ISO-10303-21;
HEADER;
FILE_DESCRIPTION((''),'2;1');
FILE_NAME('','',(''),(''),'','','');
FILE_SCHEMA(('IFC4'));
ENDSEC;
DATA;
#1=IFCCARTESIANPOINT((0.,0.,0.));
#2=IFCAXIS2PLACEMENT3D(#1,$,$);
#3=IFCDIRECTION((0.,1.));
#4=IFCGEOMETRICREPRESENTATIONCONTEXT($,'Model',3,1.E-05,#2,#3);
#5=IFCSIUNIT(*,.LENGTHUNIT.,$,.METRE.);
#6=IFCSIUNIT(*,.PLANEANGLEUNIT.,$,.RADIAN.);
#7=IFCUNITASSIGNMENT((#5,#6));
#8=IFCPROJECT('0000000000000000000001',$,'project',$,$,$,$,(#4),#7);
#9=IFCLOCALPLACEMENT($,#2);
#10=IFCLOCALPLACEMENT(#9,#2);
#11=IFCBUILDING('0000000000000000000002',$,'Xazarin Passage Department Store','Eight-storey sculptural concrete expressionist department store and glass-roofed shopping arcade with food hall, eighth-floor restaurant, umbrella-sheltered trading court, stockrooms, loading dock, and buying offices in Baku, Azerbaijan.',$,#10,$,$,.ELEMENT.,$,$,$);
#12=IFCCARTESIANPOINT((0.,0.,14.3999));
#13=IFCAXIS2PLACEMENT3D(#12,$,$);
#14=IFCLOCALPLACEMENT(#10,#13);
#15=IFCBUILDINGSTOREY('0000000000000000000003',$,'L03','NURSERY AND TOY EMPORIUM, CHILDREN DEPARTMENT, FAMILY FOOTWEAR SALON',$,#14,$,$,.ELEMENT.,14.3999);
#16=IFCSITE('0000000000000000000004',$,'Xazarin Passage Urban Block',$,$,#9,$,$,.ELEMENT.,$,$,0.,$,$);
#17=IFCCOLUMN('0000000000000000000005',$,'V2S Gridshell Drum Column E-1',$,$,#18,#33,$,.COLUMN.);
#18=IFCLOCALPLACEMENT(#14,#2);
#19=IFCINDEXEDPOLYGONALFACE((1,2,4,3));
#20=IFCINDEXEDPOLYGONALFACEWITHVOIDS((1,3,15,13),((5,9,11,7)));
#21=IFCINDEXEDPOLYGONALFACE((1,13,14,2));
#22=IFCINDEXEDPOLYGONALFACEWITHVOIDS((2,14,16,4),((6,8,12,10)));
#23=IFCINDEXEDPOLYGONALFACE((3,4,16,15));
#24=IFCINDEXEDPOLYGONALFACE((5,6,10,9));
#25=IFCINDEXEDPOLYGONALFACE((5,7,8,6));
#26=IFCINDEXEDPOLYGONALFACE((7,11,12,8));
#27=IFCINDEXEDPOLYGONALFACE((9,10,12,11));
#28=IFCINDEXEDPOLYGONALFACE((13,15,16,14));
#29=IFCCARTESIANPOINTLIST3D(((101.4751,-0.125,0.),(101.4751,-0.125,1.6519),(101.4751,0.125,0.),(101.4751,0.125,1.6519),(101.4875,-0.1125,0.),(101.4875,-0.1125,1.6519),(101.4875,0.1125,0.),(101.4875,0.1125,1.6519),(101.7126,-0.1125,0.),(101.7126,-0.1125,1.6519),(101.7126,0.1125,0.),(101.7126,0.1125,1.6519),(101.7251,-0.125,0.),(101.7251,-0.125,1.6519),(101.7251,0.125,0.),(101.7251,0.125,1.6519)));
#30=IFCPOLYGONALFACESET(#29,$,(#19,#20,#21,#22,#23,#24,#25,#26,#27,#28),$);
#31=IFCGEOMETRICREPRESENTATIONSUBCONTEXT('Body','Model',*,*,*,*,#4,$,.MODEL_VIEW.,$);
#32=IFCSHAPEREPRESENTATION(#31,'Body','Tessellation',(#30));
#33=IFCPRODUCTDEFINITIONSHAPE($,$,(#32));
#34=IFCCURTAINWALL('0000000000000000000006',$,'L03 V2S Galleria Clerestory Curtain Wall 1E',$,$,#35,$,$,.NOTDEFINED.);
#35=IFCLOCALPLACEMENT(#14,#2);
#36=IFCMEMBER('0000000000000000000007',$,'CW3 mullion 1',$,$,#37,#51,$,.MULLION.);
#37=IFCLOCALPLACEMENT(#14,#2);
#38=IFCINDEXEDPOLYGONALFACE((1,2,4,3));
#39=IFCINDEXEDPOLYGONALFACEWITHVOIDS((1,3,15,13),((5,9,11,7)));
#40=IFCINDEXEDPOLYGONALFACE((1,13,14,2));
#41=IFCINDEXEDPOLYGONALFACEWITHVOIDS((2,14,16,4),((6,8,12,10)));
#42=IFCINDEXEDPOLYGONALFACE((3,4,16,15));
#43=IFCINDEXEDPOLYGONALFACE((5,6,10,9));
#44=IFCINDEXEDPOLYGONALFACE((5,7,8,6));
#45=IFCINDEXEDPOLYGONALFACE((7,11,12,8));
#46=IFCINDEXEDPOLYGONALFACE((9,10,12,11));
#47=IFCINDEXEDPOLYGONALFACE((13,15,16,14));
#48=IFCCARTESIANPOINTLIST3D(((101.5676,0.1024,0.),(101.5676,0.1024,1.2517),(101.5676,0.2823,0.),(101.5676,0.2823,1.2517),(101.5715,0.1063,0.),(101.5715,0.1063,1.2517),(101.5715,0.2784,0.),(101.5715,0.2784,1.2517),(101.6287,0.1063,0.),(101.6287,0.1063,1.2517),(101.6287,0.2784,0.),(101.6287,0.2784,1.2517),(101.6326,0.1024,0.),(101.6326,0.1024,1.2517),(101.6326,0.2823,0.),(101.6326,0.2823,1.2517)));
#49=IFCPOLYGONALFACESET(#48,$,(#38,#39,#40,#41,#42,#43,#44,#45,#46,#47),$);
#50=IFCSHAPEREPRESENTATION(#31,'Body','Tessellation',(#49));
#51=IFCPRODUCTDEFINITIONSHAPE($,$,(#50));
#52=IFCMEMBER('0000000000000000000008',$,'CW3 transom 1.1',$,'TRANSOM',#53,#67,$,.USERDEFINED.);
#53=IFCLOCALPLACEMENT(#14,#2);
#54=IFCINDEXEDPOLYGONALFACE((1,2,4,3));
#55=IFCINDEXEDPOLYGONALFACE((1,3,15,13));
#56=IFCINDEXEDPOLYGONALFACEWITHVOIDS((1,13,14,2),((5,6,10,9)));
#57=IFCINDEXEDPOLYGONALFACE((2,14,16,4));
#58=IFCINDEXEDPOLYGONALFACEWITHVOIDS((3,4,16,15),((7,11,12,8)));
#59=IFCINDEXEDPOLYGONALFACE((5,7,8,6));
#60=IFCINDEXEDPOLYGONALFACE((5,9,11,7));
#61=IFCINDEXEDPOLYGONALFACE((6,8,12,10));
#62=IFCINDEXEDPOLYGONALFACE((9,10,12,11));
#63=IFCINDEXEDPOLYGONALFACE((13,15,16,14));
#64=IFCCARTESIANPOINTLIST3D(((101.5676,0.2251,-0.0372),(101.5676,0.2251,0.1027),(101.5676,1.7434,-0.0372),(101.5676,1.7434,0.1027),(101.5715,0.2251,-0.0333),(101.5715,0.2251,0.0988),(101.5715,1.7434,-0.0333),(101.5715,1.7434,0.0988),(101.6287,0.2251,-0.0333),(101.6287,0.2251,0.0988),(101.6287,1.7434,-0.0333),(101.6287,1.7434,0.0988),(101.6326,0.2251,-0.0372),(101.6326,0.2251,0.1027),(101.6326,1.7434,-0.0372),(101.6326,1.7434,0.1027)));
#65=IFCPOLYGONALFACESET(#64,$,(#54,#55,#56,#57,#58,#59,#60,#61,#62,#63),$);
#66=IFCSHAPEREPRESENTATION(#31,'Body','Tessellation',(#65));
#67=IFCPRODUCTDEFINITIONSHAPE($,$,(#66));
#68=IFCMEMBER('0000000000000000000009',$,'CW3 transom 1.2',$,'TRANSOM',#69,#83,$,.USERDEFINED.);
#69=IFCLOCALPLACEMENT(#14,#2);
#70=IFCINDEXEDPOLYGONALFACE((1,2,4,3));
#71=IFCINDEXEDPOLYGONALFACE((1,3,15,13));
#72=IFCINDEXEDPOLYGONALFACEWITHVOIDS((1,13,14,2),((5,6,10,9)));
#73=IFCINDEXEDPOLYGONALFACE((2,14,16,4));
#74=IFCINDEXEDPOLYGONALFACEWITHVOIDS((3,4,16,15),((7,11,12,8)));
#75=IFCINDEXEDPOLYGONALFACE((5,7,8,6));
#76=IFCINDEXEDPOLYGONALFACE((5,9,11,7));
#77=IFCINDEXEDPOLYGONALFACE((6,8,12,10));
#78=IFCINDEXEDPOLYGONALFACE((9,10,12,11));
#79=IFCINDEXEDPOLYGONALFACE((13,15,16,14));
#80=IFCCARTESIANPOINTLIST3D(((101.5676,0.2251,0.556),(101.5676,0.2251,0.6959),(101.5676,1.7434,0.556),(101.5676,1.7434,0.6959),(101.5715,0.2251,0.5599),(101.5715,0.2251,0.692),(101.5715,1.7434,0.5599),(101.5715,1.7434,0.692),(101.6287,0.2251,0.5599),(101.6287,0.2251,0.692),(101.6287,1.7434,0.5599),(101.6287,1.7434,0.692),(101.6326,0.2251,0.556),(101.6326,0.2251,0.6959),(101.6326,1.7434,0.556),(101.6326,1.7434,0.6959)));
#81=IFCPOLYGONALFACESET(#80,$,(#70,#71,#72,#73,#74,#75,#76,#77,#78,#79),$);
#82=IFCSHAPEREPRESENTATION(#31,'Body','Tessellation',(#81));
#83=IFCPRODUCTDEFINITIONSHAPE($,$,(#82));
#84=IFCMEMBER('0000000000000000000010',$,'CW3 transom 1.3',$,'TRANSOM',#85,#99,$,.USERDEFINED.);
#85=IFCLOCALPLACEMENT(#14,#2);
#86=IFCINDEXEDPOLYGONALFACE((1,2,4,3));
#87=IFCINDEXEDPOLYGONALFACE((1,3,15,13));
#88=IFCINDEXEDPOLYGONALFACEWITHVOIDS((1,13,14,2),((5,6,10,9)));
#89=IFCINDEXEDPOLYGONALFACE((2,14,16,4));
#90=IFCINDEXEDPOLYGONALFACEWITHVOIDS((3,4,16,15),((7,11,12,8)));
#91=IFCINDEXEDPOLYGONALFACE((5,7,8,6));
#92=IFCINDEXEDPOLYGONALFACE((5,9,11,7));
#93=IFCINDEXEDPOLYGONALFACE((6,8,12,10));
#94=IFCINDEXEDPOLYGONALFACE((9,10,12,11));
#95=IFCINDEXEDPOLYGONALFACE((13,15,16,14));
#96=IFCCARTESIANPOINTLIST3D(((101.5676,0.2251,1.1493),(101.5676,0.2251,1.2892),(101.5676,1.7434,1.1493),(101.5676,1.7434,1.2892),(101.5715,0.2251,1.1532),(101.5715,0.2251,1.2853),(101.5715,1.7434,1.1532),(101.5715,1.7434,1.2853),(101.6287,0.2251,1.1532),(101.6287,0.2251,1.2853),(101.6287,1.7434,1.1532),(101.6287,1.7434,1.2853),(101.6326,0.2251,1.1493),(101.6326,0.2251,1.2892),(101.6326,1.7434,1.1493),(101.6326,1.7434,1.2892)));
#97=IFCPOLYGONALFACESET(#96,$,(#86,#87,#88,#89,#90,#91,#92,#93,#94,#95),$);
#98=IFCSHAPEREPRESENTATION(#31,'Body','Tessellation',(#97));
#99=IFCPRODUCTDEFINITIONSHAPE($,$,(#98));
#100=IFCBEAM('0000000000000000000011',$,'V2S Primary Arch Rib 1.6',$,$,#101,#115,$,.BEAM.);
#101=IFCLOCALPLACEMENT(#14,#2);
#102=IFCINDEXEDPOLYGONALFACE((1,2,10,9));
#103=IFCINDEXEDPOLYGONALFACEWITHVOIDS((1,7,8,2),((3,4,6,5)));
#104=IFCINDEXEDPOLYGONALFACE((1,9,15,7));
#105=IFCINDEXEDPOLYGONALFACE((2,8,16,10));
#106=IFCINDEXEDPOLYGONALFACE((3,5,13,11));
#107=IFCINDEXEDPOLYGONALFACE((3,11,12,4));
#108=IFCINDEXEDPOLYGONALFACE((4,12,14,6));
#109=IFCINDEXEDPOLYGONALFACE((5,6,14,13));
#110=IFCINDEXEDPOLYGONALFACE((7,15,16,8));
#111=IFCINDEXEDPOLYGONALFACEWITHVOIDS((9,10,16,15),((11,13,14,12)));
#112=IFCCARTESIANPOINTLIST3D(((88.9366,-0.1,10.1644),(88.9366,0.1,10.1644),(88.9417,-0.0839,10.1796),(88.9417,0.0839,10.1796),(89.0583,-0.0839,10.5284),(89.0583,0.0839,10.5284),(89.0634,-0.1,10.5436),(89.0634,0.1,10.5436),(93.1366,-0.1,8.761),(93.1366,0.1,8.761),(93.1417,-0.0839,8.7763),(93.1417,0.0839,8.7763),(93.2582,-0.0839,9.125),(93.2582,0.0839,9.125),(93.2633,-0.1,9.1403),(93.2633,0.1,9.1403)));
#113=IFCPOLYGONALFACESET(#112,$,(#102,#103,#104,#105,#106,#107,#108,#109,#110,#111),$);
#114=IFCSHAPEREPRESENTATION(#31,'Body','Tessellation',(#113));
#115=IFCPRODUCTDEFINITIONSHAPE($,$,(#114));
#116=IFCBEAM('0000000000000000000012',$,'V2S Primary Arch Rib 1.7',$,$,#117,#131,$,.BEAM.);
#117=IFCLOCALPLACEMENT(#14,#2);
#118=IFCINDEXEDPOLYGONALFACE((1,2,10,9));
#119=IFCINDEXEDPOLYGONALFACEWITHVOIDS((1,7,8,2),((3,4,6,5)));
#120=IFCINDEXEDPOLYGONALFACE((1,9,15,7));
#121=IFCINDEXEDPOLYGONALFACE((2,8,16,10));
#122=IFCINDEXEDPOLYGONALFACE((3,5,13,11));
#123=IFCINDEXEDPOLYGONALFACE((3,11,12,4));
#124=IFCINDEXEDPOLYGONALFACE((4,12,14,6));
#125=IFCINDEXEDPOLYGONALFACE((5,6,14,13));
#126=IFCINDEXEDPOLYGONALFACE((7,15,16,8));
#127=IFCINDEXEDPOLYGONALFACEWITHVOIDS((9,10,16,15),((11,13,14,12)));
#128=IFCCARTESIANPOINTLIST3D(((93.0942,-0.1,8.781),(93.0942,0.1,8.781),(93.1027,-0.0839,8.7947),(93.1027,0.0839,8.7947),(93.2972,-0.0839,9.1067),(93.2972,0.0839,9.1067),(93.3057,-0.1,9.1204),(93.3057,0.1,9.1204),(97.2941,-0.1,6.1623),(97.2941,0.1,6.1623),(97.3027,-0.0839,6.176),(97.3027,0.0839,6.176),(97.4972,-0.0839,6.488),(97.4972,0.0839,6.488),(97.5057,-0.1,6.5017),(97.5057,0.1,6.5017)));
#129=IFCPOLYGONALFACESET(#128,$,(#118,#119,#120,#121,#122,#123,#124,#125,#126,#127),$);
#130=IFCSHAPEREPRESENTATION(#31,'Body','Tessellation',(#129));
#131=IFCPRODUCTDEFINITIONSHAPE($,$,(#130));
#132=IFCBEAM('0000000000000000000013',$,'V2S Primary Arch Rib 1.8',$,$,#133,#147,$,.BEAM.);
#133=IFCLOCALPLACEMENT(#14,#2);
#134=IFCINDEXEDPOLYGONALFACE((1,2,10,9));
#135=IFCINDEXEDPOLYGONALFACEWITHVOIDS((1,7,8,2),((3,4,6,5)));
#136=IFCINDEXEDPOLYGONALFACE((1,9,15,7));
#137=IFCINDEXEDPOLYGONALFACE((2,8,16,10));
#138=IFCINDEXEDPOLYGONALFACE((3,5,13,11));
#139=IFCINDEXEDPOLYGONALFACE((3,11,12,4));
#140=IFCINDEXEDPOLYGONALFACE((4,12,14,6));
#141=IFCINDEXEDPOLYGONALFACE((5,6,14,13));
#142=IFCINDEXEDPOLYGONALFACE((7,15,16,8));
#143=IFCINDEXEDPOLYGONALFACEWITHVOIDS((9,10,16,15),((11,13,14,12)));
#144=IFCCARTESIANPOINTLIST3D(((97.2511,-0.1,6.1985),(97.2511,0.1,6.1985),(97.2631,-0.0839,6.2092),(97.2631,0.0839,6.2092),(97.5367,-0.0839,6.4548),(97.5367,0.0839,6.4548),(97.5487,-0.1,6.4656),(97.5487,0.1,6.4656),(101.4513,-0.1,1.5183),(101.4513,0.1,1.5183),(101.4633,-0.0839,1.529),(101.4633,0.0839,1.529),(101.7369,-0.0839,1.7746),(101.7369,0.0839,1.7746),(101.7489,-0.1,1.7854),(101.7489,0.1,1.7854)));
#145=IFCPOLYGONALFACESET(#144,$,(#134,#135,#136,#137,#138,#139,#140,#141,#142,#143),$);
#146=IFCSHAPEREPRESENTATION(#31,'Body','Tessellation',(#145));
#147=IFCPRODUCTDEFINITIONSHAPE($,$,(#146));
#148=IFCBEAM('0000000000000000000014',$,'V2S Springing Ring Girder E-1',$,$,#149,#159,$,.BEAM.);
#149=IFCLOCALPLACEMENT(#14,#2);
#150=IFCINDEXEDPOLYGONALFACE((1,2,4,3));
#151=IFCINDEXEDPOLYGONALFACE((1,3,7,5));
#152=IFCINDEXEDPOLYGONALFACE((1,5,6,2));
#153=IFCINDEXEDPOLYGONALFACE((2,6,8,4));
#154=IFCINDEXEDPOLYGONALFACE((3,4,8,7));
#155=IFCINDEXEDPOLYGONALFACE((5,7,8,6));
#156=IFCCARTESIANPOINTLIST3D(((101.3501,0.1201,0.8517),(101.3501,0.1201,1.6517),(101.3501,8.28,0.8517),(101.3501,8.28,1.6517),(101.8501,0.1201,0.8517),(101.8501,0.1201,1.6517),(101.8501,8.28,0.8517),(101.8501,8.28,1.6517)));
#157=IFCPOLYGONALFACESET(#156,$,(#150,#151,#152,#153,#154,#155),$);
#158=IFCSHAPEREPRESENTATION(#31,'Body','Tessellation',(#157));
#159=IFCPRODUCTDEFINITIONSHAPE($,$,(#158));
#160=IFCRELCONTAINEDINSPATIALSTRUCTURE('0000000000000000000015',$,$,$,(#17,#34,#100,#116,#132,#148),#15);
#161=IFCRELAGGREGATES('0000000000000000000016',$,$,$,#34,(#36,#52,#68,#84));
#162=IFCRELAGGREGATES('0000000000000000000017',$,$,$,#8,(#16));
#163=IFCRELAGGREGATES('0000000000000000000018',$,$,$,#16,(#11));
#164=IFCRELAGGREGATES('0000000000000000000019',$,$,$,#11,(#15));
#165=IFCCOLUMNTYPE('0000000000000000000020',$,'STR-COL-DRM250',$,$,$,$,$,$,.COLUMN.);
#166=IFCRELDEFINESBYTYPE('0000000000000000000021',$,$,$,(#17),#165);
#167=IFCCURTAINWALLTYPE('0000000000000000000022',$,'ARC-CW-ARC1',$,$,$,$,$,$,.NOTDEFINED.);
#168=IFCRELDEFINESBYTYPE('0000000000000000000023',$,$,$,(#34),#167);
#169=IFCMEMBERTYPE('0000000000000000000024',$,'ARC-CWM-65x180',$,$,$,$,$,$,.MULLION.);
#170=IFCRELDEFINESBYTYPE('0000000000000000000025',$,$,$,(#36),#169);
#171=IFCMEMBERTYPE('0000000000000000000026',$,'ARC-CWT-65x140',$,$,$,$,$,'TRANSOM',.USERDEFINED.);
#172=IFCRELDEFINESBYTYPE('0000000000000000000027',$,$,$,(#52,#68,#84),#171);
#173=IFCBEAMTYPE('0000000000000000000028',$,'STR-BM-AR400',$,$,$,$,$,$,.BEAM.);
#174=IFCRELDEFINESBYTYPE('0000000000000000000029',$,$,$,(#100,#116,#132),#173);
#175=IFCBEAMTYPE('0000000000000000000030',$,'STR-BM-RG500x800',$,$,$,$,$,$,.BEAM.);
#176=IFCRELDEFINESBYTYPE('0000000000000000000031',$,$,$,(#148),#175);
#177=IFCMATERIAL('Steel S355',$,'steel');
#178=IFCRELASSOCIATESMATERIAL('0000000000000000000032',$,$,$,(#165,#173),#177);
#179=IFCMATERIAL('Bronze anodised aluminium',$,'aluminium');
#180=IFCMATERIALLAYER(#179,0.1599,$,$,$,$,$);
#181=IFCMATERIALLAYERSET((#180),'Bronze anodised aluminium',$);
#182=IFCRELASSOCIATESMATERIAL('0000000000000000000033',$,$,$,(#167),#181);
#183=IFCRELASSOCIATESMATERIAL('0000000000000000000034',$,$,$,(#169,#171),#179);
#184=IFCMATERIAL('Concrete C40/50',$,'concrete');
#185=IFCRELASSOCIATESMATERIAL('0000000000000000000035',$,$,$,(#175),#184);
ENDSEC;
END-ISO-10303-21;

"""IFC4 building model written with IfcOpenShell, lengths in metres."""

from ifc_helpers import new_model, si_unit, direction, frame, origin, origin_2d, place, context, subcontext, project, spatial, rectangle, hollow_rectangle, extrude, material, layer, layer_set, material_profile, profile_set, type_object, element, aggregate, save


model = new_model("IFC4")

# Units and contexts
model_context = context("Model", 3, precision=1e-05, world=origin(), true_north=direction((0.0, 1.0)))
body_context = subcontext(model_context, "Body", "Model", "MODEL_VIEW")
ifc_project = project(units=[si_unit("LENGTHUNIT", "METRE"), si_unit("PLANEANGLEUNIT", "RADIAN")], contexts=[model_context])

# Site, building, storey
site_placement = place(None, origin())
site = spatial("IfcSite", under=ifc_project, at=site_placement, Name="Xazarin Passage Urban Block", CompositionType="ELEMENT", RefElevation=0.0)
building_placement = place(site_placement, origin())
building = spatial("IfcBuilding", under=site, at=building_placement, Name="Xazarin Passage Department Store", Description="Eight-storey sculptural concrete expressionist department store and glass-roofed shopping arcade with food hall, eighth-floor restaurant, umbrella-sheltered trading court, stockrooms, loading dock, and buying offices in Baku, Azerbaijan.", CompositionType="ELEMENT")
storey_placement = place(building_placement, frame((0.0, 0.0, 14.3999)))
storey = spatial("IfcBuildingStorey", under=building, at=storey_placement, Name="L03", Description="NURSERY AND TOY EMPORIUM, CHILDREN DEPARTMENT, FAMILY FOOTWEAR SALON", CompositionType="ELEMENT", Elevation=14.3999)

# Column
ifc_material_1 = material(Name="Steel S355", Category="steel")
ifc_material_profile_1 = material_profile(ifc_material_1, hollow_rectangle(XDim=0.25, YDim=0.25, WallThickness=0.0125, at=origin_2d()), Name="SHS 250x250x12.5")
ifc_profile_set_1 = profile_set([ifc_material_profile_1], Name="Steel S355")
column_type = type_object("IfcColumnType", Name="STR-COL-DRM250", PredefinedType="COLUMN", material=ifc_profile_set_1)
column_placement = place(storey_placement, frame((101.6001, 0.0, 0.0), z_axis=(0.0, 0.0, 1.0), x_axis=(1.0, 0.0, 0.0)))
element("IfcColumn", 1, at=column_placement, inside=storey, type_object=column_type, Name="V2S Gridshell Drum Column E-1", PredefinedType="COLUMN", context=body_context, shape_type="SweptSolid", body=[
    extrude(hollow_rectangle(XDim=0.25, YDim=0.25, WallThickness=0.0125, at=origin_2d()), origin(), (0.0, 0.0, 1.0), 1.6519),
])

# Curtain wall, members
ifc_material_2 = material(Name="Bronze anodised aluminium", Category="aluminium")
ifc_layer_1 = layer(ifc_material_2, 0.1599)
ifc_layer_set_1 = layer_set([ifc_layer_1], Name="Bronze anodised aluminium")
curtain_wall_type = type_object("IfcCurtainWallType", Name="ARC-CW-ARC1", PredefinedType="NOTDEFINED", material=ifc_layer_set_1)
curtain_wall_placement = place(storey_placement, origin())
curtain_wall = element("IfcCurtainWall", 2, at=curtain_wall_placement, inside=storey, type_object=curtain_wall_type, Name="L03 V2S Galleria Clerestory Curtain Wall 1E", PredefinedType="NOTDEFINED")
ifc_material_profile_2 = material_profile(ifc_material_2, hollow_rectangle(XDim=0.0649, YDim=0.1799, WallThickness=0.0039, at=origin_2d()), Name="ALU 65x180")
ifc_profile_set_2 = profile_set([ifc_material_profile_2], Name="Bronze anodised aluminium")
member_type_1 = type_object("IfcMemberType", Name="ARC-CWM-65x180", PredefinedType="MULLION", material=ifc_profile_set_2)
member_1_placement = place(storey_placement, frame((101.6001, 0.1924, 0.0), z_axis=(0.0, 0.0, 1.0), x_axis=(-1.0, 0.0, 0.0)))
member_1 = element("IfcMember", 3, at=member_1_placement, type_object=member_type_1, Name="CW3 mullion 1", PredefinedType="MULLION", context=body_context, shape_type="SweptSolid", body=[
    extrude(hollow_rectangle(XDim=0.0649, YDim=0.1799, WallThickness=0.0039, at=origin_2d()), origin(), (0.0, 0.0, 1.0), 1.2517),
])
ifc_material_profile_3 = material_profile(ifc_material_2, hollow_rectangle(XDim=0.0649, YDim=0.1399, WallThickness=0.0039, at=origin_2d()), Name="ALU 65x140")
ifc_profile_set_3 = profile_set([ifc_material_profile_3], Name="Bronze anodised aluminium")
member_type_2 = type_object("IfcMemberType", Name="ARC-CWT-65x140", ElementType="TRANSOM", PredefinedType="USERDEFINED", material=ifc_profile_set_3)
member_2_placement = place(storey_placement, frame((101.6001, 0.2251, 0.0327), z_axis=(0.0, 1.0, 0.0), x_axis=(-1.0, 0.0, 0.0)))
member_2 = element("IfcMember", 4, at=member_2_placement, type_object=member_type_2, Name="CW3 transom 1.1", ObjectType="TRANSOM", PredefinedType="USERDEFINED", context=body_context, shape_type="SweptSolid", body=[
    extrude(hollow_rectangle(XDim=0.0649, YDim=0.1399, WallThickness=0.0039, at=origin_2d()), origin(), (0.0, 0.0, 1.0), 1.5183),
])
member_3_placement = place(storey_placement, frame((101.6001, 0.2251, 0.626), z_axis=(0.0, 1.0, 0.0), x_axis=(-1.0, 0.0, 0.0)))
member_3 = element("IfcMember", 5, at=member_3_placement, type_object=member_type_2, Name="CW3 transom 1.2", ObjectType="TRANSOM", PredefinedType="USERDEFINED", context=body_context, shape_type="SweptSolid", body=[
    extrude(hollow_rectangle(XDim=0.0649, YDim=0.1399, WallThickness=0.0039, at=origin_2d()), origin(), (0.0, 0.0, 1.0), 1.5183),
])
member_4_placement = place(storey_placement, frame((101.6001, 0.2251, 1.2192), z_axis=(0.0, 1.0, 0.0), x_axis=(-1.0, 0.0, 0.0)))
member_4 = element("IfcMember", 6, at=member_4_placement, type_object=member_type_2, Name="CW3 transom 1.3", ObjectType="TRANSOM", PredefinedType="USERDEFINED", context=body_context, shape_type="SweptSolid", body=[
    extrude(hollow_rectangle(XDim=0.0649, YDim=0.1399, WallThickness=0.0039, at=origin_2d()), origin(), (0.0, 0.0, 1.0), 1.5183),
])
aggregate(curtain_wall, [member_1, member_2, member_3, member_4])

# Beams
ifc_material_profile_4 = material_profile(ifc_material_1, hollow_rectangle(XDim=0.2, YDim=0.3999, WallThickness=0.0161, at=origin_2d()), Name="RHS 400x200x16")
ifc_profile_set_4 = profile_set([ifc_material_profile_4], Name="Steel S355")
beam_type_1 = type_object("IfcBeamType", Name="STR-BM-AR400", PredefinedType="BEAM", material=ifc_profile_set_4)
beam_1_placement = place(storey_placement, frame((89.0, 0.0, 10.354), z_axis=(0.948457, 0.0, -0.316906), x_axis=(0.0, 1.0, 0.0)))
element("IfcBeam", 7, at=beam_1_placement, inside=storey, type_object=beam_type_1, Name="V2S Primary Arch Rib 1.6", PredefinedType="BEAM", context=body_context, shape_type="SweptSolid", body=[
    extrude(hollow_rectangle(XDim=0.2, YDim=0.3999, WallThickness=0.0161, at=origin_2d()), origin(), (0.0, 0.0, 1.0), 4.4282),
])
beam_2_placement = place(storey_placement, frame((93.2, 0.0, 8.9507), z_axis=(0.848571, 0.0, -0.529081), x_axis=(0.0, 1.0, 0.0)))
element("IfcBeam", 8, at=beam_2_placement, inside=storey, type_object=beam_type_1, Name="V2S Primary Arch Rib 1.7", PredefinedType="BEAM", context=body_context, shape_type="SweptSolid", body=[
    extrude(hollow_rectangle(XDim=0.2, YDim=0.3999, WallThickness=0.0161, at=origin_2d()), origin(), (0.0, 0.0, 1.0), 4.9495),
])
beam_3_placement = place(storey_placement, frame((97.3999, 0.0, 6.332), z_axis=(0.667913, 0.0, -0.744239), x_axis=(0.0, 1.0, 0.0)))
element("IfcBeam", 9, at=beam_3_placement, inside=storey, type_object=beam_type_1, Name="V2S Primary Arch Rib 1.8", PredefinedType="BEAM", context=body_context, shape_type="SweptSolid", body=[
    extrude(hollow_rectangle(XDim=0.2, YDim=0.3999, WallThickness=0.0161, at=origin_2d()), origin(), (0.0, 0.0, 1.0), 6.2886),
])
ifc_material_3 = material(Name="Concrete C40/50", Category="concrete")
ifc_material_profile_5 = material_profile(ifc_material_3, rectangle(XDim=0.5, YDim=0.8, at=origin_2d()), Name="RC 500x800")
ifc_profile_set_5 = profile_set([ifc_material_profile_5], Name="Concrete C40/50")
beam_type_2 = type_object("IfcBeamType", Name="STR-BM-RG500x800", PredefinedType="BEAM", material=ifc_profile_set_5)
beam_4_placement = place(storey_placement, frame((101.6001, 0.1201, 1.2517), z_axis=(0.0, 1.0, 0.0), x_axis=(-1.0, 0.0, 0.0)))
element("IfcBeam", 10, at=beam_4_placement, inside=storey, type_object=beam_type_2, Name="V2S Springing Ring Girder E-1", PredefinedType="BEAM", context=body_context, shape_type="SweptSolid", body=[
    extrude(rectangle(XDim=0.5, YDim=0.8, at=origin_2d()), origin(), (0.0, 0.0, 1.0), 8.1599),
])

save(model, "model.ifc")
